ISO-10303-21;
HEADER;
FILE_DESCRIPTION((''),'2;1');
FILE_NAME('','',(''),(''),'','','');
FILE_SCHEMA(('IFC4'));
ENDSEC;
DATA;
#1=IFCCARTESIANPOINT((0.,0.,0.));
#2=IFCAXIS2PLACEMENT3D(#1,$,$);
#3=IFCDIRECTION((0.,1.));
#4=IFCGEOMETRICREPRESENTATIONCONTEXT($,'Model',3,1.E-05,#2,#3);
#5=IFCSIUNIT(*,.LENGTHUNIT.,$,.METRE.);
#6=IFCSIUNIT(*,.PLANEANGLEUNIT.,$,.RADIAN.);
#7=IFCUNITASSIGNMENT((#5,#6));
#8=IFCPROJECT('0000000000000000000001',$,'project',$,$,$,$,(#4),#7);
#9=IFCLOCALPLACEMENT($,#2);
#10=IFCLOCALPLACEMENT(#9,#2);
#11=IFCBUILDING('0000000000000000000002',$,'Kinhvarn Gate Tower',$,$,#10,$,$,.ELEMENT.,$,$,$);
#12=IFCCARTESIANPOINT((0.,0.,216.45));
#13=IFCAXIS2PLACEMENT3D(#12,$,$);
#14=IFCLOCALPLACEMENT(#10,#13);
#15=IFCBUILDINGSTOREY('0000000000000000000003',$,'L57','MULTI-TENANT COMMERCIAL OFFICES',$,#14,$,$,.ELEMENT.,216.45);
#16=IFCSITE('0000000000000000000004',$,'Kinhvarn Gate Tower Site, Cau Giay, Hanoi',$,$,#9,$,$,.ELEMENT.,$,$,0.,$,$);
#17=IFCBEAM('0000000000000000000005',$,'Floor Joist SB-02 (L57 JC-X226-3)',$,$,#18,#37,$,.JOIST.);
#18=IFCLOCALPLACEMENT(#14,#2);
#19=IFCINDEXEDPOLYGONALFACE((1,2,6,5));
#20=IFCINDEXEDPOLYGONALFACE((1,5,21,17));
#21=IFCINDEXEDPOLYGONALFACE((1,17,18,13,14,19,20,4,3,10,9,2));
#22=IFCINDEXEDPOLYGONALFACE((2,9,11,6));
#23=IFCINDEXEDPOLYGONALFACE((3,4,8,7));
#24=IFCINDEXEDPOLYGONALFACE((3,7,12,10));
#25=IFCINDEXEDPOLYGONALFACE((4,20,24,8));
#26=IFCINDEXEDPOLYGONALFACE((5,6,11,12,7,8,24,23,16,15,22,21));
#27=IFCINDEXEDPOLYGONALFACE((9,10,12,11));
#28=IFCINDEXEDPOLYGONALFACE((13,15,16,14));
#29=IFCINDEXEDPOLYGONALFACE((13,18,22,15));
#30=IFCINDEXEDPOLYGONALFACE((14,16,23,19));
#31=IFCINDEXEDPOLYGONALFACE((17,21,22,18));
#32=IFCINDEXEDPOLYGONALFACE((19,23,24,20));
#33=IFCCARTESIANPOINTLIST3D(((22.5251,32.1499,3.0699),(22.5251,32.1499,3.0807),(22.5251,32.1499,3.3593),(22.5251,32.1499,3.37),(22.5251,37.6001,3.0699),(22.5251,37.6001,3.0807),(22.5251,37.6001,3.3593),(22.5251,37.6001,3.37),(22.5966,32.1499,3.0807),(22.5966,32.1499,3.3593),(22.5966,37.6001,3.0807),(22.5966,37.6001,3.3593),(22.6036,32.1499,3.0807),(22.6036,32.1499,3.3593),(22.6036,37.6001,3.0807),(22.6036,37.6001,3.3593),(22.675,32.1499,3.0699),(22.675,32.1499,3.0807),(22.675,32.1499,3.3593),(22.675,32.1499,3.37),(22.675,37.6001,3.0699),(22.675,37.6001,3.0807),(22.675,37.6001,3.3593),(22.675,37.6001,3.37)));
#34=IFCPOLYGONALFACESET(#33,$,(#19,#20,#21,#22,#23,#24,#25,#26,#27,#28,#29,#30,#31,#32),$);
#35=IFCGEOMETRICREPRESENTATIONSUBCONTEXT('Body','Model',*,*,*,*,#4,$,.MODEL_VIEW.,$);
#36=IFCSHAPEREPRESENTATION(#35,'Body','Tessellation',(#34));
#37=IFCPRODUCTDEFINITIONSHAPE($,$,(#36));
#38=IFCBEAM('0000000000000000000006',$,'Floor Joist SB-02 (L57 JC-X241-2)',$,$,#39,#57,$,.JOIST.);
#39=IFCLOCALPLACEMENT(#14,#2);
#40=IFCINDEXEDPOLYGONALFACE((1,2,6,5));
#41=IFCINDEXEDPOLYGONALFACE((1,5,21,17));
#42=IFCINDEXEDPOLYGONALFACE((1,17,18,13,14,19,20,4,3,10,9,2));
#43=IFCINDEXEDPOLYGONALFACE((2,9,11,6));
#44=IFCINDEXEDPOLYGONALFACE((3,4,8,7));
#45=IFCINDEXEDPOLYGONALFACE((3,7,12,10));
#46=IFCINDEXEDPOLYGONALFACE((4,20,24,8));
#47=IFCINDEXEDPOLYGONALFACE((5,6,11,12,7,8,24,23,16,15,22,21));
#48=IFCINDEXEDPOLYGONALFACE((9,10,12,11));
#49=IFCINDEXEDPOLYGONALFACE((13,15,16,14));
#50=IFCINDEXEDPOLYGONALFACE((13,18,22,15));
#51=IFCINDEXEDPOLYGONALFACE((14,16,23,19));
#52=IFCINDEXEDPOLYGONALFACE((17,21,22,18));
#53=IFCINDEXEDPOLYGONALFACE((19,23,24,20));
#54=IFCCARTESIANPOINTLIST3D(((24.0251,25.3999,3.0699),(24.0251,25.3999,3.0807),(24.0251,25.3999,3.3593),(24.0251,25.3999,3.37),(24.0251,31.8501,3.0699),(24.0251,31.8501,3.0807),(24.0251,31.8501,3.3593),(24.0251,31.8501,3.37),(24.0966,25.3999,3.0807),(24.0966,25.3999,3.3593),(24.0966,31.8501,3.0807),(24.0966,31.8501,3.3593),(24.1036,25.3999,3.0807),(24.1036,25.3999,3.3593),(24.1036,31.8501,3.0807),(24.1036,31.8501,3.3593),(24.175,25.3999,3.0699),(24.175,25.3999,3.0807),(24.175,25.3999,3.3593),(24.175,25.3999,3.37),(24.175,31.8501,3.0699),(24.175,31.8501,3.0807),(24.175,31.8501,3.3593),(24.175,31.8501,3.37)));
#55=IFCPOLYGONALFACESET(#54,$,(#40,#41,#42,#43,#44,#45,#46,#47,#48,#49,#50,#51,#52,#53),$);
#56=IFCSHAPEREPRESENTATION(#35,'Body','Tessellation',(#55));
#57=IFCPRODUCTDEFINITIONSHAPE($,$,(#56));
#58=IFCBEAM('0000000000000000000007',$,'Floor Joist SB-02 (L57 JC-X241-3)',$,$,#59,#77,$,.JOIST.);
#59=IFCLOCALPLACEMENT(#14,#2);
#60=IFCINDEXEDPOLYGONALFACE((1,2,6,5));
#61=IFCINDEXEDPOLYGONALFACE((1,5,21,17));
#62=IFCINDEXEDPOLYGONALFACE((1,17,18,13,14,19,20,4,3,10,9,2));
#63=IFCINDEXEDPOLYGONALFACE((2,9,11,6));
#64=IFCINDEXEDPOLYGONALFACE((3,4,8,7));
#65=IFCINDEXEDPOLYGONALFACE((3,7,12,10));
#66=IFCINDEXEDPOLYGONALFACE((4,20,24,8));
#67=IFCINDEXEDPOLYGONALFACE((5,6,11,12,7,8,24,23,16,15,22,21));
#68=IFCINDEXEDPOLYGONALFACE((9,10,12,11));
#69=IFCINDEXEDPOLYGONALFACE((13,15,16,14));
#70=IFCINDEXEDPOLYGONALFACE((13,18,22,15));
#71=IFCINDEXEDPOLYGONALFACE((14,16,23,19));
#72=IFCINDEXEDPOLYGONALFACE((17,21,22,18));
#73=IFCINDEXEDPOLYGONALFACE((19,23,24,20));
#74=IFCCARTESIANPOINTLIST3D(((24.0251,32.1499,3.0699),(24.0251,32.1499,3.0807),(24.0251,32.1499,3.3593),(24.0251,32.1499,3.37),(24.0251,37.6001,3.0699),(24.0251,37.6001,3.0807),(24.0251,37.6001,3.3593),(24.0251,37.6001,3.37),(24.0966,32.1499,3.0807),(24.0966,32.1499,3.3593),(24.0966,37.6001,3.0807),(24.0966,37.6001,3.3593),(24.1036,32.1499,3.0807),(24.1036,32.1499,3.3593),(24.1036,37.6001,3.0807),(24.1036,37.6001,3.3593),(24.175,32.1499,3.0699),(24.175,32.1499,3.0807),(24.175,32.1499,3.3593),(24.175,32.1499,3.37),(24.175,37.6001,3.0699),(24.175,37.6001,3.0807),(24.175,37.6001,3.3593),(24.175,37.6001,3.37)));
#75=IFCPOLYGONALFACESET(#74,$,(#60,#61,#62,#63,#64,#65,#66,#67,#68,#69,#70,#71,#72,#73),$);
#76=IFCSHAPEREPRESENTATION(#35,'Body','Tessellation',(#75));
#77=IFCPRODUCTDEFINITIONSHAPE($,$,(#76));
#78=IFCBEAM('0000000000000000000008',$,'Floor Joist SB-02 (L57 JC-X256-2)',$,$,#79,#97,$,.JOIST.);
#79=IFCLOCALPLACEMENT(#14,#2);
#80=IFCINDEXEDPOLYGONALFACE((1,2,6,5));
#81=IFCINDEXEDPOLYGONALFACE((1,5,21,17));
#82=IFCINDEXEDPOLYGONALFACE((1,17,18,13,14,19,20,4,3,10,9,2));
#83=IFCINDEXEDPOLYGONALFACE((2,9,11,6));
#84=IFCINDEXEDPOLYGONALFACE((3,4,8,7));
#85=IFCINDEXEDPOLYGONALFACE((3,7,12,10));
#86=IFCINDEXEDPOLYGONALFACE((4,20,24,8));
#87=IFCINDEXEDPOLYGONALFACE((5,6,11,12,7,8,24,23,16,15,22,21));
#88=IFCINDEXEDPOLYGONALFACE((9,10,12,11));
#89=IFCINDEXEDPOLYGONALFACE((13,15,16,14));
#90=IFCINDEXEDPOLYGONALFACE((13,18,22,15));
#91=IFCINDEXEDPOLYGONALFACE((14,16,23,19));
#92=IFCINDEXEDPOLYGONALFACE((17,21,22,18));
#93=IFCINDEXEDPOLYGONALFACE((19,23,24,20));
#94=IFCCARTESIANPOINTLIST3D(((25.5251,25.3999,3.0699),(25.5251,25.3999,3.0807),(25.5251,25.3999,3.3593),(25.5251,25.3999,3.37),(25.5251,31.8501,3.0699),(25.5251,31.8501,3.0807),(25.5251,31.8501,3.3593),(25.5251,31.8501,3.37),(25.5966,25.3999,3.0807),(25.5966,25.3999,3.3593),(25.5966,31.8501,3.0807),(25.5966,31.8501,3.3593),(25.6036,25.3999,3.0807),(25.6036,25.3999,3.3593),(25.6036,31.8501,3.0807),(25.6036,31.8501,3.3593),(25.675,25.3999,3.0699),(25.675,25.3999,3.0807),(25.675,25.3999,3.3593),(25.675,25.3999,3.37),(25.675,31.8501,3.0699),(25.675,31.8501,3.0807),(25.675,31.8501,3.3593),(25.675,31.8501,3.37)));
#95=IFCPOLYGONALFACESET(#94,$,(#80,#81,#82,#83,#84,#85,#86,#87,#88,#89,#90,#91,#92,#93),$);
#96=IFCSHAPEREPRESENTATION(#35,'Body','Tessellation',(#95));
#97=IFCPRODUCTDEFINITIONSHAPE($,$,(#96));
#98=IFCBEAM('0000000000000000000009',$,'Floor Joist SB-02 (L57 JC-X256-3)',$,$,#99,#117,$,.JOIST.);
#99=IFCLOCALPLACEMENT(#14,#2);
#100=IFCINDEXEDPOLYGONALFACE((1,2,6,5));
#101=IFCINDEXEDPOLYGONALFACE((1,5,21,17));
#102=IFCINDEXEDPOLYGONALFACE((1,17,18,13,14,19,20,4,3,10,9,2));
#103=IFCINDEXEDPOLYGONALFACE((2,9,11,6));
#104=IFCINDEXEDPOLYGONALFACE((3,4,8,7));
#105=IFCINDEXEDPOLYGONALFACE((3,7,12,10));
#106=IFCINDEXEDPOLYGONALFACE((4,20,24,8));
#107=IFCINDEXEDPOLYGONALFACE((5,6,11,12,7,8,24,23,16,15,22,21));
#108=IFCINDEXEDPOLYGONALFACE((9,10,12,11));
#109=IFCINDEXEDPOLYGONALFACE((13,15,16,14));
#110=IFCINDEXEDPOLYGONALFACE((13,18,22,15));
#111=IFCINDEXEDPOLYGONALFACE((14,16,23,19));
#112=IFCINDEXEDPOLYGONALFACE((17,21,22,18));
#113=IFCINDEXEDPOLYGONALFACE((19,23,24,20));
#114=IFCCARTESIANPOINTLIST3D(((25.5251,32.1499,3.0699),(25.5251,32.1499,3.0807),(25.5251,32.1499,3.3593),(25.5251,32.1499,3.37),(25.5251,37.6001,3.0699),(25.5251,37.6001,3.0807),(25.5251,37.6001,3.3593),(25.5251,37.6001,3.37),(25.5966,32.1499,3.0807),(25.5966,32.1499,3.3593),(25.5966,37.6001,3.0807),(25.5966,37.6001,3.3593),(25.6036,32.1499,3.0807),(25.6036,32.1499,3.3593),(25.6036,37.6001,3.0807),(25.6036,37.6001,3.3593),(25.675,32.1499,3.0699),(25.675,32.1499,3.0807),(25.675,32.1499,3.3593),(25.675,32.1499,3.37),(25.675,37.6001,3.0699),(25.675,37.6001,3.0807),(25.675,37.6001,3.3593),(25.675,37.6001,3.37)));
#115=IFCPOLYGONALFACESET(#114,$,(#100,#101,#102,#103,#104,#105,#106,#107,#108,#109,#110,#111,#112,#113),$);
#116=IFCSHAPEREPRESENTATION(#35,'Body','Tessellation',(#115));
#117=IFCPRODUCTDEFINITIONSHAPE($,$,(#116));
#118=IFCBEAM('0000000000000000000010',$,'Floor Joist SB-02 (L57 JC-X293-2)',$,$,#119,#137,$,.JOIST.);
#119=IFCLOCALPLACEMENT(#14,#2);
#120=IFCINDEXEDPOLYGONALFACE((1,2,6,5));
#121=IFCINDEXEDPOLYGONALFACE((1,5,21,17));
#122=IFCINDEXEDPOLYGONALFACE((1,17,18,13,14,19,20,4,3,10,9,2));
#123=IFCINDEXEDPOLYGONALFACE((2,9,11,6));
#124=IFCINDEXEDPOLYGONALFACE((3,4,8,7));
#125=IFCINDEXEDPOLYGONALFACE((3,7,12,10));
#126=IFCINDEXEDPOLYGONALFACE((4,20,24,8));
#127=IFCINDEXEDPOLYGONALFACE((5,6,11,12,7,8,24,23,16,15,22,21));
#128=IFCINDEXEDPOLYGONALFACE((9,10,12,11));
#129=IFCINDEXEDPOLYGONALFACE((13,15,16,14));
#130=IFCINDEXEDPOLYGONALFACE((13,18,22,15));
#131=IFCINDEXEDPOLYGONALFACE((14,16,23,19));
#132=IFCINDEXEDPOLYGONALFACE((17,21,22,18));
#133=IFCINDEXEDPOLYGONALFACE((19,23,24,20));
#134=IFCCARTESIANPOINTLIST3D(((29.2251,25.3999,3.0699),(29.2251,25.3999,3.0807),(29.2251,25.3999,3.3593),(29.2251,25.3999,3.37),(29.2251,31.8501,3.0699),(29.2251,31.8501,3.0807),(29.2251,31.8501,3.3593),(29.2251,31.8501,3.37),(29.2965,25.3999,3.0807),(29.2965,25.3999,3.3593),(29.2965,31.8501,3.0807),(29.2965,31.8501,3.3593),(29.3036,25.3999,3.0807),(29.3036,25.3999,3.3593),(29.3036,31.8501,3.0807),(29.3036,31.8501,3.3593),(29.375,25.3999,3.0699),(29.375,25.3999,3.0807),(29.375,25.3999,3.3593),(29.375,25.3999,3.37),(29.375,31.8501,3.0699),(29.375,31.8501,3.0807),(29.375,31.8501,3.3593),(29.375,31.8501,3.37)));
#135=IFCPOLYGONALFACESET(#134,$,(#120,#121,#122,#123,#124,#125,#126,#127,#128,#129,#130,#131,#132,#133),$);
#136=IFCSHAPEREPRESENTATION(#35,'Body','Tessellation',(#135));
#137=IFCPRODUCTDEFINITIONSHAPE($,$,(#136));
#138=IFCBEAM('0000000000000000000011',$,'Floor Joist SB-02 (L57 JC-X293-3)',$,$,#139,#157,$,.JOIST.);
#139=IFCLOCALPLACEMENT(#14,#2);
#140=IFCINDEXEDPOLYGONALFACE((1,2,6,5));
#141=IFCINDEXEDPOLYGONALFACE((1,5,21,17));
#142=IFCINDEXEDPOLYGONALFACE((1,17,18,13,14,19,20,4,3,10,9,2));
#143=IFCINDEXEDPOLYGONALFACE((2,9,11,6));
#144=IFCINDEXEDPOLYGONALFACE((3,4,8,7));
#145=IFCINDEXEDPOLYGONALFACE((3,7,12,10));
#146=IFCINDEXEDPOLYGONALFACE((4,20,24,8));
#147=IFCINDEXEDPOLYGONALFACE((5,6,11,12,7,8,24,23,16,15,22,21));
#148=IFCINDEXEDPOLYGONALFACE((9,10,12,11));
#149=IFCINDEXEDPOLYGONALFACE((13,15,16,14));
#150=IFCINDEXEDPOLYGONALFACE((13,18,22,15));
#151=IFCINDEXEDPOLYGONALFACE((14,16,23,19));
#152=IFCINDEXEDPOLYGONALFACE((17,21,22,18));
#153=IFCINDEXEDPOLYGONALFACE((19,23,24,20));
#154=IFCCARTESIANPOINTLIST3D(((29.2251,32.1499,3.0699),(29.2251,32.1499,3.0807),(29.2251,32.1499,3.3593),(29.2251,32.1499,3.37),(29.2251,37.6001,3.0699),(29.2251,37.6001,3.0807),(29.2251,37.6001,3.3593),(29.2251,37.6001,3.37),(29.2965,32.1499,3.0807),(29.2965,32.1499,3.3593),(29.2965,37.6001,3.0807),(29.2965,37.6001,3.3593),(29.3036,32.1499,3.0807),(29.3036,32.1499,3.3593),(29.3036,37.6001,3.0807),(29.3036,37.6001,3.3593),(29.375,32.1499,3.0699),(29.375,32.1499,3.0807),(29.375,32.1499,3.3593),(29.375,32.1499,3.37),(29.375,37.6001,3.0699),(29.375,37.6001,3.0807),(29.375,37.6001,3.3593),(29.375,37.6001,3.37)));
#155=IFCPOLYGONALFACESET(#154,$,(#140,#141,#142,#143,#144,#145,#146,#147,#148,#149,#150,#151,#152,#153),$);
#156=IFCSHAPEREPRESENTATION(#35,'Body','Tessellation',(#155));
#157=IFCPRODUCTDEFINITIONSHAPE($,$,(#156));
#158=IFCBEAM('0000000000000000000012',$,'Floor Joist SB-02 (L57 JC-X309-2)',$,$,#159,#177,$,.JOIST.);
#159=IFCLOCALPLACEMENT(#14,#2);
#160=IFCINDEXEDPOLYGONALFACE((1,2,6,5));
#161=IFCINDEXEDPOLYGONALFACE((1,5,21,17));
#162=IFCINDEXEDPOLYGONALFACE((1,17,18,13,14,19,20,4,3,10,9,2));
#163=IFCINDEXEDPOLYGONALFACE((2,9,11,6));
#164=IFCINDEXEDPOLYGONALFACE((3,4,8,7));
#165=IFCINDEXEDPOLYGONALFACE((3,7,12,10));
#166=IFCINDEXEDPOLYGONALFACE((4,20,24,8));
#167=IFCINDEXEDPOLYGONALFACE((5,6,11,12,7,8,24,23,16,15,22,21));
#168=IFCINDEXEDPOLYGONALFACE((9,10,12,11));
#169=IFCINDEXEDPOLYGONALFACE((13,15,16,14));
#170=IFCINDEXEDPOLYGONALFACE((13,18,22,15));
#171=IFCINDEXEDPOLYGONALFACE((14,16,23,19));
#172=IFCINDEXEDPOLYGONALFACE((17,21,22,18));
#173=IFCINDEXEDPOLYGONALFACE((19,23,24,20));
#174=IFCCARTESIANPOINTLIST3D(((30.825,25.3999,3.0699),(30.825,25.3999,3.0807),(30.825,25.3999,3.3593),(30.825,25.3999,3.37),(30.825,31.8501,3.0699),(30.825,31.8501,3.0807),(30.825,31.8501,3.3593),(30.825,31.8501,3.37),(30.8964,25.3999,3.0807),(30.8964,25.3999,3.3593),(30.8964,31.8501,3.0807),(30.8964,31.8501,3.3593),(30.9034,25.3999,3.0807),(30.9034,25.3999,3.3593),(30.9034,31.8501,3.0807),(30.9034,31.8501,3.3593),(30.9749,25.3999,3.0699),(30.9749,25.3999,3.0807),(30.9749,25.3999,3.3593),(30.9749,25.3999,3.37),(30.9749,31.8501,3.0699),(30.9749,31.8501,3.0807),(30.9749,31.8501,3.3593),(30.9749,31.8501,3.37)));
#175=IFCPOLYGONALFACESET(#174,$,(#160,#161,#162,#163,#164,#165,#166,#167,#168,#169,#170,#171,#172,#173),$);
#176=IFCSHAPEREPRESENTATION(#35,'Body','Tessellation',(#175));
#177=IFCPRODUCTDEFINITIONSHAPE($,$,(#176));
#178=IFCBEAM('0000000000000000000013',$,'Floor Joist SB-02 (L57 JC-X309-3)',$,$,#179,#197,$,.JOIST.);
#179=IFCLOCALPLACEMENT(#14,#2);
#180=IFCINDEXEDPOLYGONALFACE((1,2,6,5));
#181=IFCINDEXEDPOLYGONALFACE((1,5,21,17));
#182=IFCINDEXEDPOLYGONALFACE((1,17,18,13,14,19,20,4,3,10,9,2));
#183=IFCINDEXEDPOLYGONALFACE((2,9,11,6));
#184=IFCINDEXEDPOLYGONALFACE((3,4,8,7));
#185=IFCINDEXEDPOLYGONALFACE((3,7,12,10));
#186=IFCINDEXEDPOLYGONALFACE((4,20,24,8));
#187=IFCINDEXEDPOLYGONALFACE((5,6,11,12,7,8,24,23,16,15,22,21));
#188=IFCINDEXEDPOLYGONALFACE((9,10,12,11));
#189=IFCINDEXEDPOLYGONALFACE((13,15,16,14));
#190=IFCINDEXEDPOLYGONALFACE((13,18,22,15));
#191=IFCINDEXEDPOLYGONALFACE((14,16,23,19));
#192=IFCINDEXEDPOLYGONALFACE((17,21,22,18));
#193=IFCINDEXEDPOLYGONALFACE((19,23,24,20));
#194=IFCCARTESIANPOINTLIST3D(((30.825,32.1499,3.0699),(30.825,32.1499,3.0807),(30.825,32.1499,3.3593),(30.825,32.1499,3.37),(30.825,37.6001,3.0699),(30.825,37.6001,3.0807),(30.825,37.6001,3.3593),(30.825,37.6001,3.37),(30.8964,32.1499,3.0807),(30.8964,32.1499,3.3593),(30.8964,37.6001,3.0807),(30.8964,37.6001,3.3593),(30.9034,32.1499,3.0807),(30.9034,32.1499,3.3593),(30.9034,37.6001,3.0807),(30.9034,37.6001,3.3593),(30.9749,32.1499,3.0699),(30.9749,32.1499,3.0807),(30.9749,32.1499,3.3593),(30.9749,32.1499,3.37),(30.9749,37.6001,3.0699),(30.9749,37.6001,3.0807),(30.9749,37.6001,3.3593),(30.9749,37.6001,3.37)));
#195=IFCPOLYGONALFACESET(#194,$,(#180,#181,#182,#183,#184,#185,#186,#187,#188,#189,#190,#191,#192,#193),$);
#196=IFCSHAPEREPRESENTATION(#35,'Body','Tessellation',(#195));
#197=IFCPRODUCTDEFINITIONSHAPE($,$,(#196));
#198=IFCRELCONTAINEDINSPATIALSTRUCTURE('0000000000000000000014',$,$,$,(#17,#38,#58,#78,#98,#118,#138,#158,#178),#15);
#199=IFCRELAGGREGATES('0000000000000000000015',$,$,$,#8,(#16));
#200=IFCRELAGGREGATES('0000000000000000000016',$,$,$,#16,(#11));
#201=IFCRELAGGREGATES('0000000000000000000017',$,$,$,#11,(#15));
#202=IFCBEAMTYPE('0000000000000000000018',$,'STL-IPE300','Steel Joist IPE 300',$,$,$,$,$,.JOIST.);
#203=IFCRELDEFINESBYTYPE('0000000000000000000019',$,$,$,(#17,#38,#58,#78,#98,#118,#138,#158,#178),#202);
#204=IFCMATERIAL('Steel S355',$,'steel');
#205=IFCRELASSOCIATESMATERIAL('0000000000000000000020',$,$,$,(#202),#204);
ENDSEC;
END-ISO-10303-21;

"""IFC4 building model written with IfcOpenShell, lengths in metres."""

from ifc_helpers import new_model, si_unit, direction, frame, origin, origin_2d, place, context, subcontext, project, spatial, i_section, extrude, material, material_profile, profile_set, type_object, element, save


model = new_model("IFC4")

# Units and contexts
model_context = context("Model", 3, precision=1e-05, world=origin(), true_north=direction((0.0, 1.0)))
body_context = subcontext(model_context, "Body", "Model", "MODEL_VIEW")
ifc_project = project(units=[si_unit("LENGTHUNIT", "METRE"), si_unit("PLANEANGLEUNIT", "RADIAN")], contexts=[model_context])

# Site, building, storey
site_placement = place(None, origin())
site = spatial("IfcSite", under=ifc_project, at=site_placement, Name="Kinhvarn Gate Tower Site, Cau Giay, Hanoi", CompositionType="ELEMENT", RefElevation=0.0)
building_placement = place(site_placement, origin())
building = spatial("IfcBuilding", under=site, at=building_placement, Name="Kinhvarn Gate Tower", CompositionType="ELEMENT")
storey_placement = place(building_placement, frame((0.0, 0.0, 216.45)))
storey = spatial("IfcBuildingStorey", under=building, at=storey_placement, Name="L57", Description="MULTI-TENANT COMMERCIAL OFFICES", CompositionType="ELEMENT", Elevation=216.45)

# Beams
ifc_material_1 = material(Name="Steel S355", Category="steel")
ifc_material_profile = material_profile(ifc_material_1, i_section(OverallWidth=0.1499, OverallDepth=0.3, WebThickness=0.0071, FlangeThickness=0.0107, at=origin_2d()), Name="IPE 300")
ifc_profile_set = profile_set([ifc_material_profile], Name="Steel S355")
beam_type = type_object("IfcBeamType", Name="STL-IPE300", Description="Steel Joist IPE 300", PredefinedType="JOIST", material=ifc_profile_set)
beam_1_placement = place(storey_placement, frame((22.6001, 32.1499, 3.22), z_axis=(0.0, 1.0, 0.0), x_axis=(-1.0, 0.0, 0.0)))
element("IfcBeam", 1, at=beam_1_placement, inside=storey, type_object=beam_type, Name="Floor Joist SB-02 (L57 JC-X226-3)", PredefinedType="JOIST", context=body_context, shape_type="SweptSolid", body=[
    extrude(i_section(OverallWidth=0.1499, OverallDepth=0.3, WebThickness=0.0071, FlangeThickness=0.0107, at=origin_2d()), origin(), (0.0, 0.0, 1.0), 5.4502),
])
beam_2_placement = place(storey_placement, frame((24.1001, 25.3999, 3.22), z_axis=(0.0, 1.0, 0.0), x_axis=(-1.0, 0.0, 0.0)))
element("IfcBeam", 2, at=beam_2_placement, inside=storey, type_object=beam_type, Name="Floor Joist SB-02 (L57 JC-X241-2)", PredefinedType="JOIST", context=body_context, shape_type="SweptSolid", body=[
    extrude(i_section(OverallWidth=0.1499, OverallDepth=0.3, WebThickness=0.0071, FlangeThickness=0.0107, at=origin_2d()), origin(), (0.0, 0.0, 1.0), 6.4502),
])
beam_3_placement = place(storey_placement, frame((24.1001, 32.1499, 3.22), z_axis=(0.0, 1.0, 0.0), x_axis=(-1.0, 0.0, 0.0)))
element("IfcBeam", 3, at=beam_3_placement, inside=storey, type_object=beam_type, Name="Floor Joist SB-02 (L57 JC-X241-3)", PredefinedType="JOIST", context=body_context, shape_type="SweptSolid", body=[
    extrude(i_section(OverallWidth=0.1499, OverallDepth=0.3, WebThickness=0.0071, FlangeThickness=0.0107, at=origin_2d()), origin(), (0.0, 0.0, 1.0), 5.4502),
])
beam_4_placement = place(storey_placement, frame((25.6001, 25.3999, 3.22), z_axis=(0.0, 1.0, 0.0), x_axis=(-1.0, 0.0, 0.0)))
element("IfcBeam", 4, at=beam_4_placement, inside=storey, type_object=beam_type, Name="Floor Joist SB-02 (L57 JC-X256-2)", PredefinedType="JOIST", context=body_context, shape_type="SweptSolid", body=[
    extrude(i_section(OverallWidth=0.1499, OverallDepth=0.3, WebThickness=0.0071, FlangeThickness=0.0107, at=origin_2d()), origin(), (0.0, 0.0, 1.0), 6.4502),
])
beam_5_placement = place(storey_placement, frame((25.6001, 32.1499, 3.22), z_axis=(0.0, 1.0, 0.0), x_axis=(-1.0, 0.0, 0.0)))
element("IfcBeam", 5, at=beam_5_placement, inside=storey, type_object=beam_type, Name="Floor Joist SB-02 (L57 JC-X256-3)", PredefinedType="JOIST", context=body_context, shape_type="SweptSolid", body=[
    extrude(i_section(OverallWidth=0.1499, OverallDepth=0.3, WebThickness=0.0071, FlangeThickness=0.0107, at=origin_2d()), origin(), (0.0, 0.0, 1.0), 5.4502),
])
beam_6_placement = place(storey_placement, frame((29.3, 25.3999, 3.22), z_axis=(0.0, 1.0, 0.0), x_axis=(-1.0, 0.0, 0.0)))
element("IfcBeam", 6, at=beam_6_placement, inside=storey, type_object=beam_type, Name="Floor Joist SB-02 (L57 JC-X293-2)", PredefinedType="JOIST", context=body_context, shape_type="SweptSolid", body=[
    extrude(i_section(OverallWidth=0.1499, OverallDepth=0.3, WebThickness=0.0071, FlangeThickness=0.0107, at=origin_2d()), origin(), (0.0, 0.0, 1.0), 6.4502),
])
beam_7_placement = place(storey_placement, frame((29.3, 32.1499, 3.22), z_axis=(0.0, 1.0, 0.0), x_axis=(-1.0, 0.0, 0.0)))
element("IfcBeam", 7, at=beam_7_placement, inside=storey, type_object=beam_type, Name="Floor Joist SB-02 (L57 JC-X293-3)", PredefinedType="JOIST", context=body_context, shape_type="SweptSolid", body=[
    extrude(i_section(OverallWidth=0.1499, OverallDepth=0.3, WebThickness=0.0071, FlangeThickness=0.0107, at=origin_2d()), origin(), (0.0, 0.0, 1.0), 5.4502),
])
beam_8_placement = place(storey_placement, frame((30.8999, 25.3999, 3.22), z_axis=(0.0, 1.0, 0.0), x_axis=(-1.0, 0.0, 0.0)))
element("IfcBeam", 8, at=beam_8_placement, inside=storey, type_object=beam_type, Name="Floor Joist SB-02 (L57 JC-X309-2)", PredefinedType="JOIST", context=body_context, shape_type="SweptSolid", body=[
    extrude(i_section(OverallWidth=0.1499, OverallDepth=0.3, WebThickness=0.0071, FlangeThickness=0.0107, at=origin_2d()), origin(), (0.0, 0.0, 1.0), 6.4502),
])
beam_9_placement = place(storey_placement, frame((30.8999, 32.1499, 3.22), z_axis=(0.0, 1.0, 0.0), x_axis=(-1.0, 0.0, 0.0)))
element("IfcBeam", 9, at=beam_9_placement, inside=storey, type_object=beam_type, Name="Floor Joist SB-02 (L57 JC-X309-3)", PredefinedType="JOIST", context=body_context, shape_type="SweptSolid", body=[
    extrude(i_section(OverallWidth=0.1499, OverallDepth=0.3, WebThickness=0.0071, FlangeThickness=0.0107, at=origin_2d()), origin(), (0.0, 0.0, 1.0), 5.4502),
])

save(model, "model.ifc")
